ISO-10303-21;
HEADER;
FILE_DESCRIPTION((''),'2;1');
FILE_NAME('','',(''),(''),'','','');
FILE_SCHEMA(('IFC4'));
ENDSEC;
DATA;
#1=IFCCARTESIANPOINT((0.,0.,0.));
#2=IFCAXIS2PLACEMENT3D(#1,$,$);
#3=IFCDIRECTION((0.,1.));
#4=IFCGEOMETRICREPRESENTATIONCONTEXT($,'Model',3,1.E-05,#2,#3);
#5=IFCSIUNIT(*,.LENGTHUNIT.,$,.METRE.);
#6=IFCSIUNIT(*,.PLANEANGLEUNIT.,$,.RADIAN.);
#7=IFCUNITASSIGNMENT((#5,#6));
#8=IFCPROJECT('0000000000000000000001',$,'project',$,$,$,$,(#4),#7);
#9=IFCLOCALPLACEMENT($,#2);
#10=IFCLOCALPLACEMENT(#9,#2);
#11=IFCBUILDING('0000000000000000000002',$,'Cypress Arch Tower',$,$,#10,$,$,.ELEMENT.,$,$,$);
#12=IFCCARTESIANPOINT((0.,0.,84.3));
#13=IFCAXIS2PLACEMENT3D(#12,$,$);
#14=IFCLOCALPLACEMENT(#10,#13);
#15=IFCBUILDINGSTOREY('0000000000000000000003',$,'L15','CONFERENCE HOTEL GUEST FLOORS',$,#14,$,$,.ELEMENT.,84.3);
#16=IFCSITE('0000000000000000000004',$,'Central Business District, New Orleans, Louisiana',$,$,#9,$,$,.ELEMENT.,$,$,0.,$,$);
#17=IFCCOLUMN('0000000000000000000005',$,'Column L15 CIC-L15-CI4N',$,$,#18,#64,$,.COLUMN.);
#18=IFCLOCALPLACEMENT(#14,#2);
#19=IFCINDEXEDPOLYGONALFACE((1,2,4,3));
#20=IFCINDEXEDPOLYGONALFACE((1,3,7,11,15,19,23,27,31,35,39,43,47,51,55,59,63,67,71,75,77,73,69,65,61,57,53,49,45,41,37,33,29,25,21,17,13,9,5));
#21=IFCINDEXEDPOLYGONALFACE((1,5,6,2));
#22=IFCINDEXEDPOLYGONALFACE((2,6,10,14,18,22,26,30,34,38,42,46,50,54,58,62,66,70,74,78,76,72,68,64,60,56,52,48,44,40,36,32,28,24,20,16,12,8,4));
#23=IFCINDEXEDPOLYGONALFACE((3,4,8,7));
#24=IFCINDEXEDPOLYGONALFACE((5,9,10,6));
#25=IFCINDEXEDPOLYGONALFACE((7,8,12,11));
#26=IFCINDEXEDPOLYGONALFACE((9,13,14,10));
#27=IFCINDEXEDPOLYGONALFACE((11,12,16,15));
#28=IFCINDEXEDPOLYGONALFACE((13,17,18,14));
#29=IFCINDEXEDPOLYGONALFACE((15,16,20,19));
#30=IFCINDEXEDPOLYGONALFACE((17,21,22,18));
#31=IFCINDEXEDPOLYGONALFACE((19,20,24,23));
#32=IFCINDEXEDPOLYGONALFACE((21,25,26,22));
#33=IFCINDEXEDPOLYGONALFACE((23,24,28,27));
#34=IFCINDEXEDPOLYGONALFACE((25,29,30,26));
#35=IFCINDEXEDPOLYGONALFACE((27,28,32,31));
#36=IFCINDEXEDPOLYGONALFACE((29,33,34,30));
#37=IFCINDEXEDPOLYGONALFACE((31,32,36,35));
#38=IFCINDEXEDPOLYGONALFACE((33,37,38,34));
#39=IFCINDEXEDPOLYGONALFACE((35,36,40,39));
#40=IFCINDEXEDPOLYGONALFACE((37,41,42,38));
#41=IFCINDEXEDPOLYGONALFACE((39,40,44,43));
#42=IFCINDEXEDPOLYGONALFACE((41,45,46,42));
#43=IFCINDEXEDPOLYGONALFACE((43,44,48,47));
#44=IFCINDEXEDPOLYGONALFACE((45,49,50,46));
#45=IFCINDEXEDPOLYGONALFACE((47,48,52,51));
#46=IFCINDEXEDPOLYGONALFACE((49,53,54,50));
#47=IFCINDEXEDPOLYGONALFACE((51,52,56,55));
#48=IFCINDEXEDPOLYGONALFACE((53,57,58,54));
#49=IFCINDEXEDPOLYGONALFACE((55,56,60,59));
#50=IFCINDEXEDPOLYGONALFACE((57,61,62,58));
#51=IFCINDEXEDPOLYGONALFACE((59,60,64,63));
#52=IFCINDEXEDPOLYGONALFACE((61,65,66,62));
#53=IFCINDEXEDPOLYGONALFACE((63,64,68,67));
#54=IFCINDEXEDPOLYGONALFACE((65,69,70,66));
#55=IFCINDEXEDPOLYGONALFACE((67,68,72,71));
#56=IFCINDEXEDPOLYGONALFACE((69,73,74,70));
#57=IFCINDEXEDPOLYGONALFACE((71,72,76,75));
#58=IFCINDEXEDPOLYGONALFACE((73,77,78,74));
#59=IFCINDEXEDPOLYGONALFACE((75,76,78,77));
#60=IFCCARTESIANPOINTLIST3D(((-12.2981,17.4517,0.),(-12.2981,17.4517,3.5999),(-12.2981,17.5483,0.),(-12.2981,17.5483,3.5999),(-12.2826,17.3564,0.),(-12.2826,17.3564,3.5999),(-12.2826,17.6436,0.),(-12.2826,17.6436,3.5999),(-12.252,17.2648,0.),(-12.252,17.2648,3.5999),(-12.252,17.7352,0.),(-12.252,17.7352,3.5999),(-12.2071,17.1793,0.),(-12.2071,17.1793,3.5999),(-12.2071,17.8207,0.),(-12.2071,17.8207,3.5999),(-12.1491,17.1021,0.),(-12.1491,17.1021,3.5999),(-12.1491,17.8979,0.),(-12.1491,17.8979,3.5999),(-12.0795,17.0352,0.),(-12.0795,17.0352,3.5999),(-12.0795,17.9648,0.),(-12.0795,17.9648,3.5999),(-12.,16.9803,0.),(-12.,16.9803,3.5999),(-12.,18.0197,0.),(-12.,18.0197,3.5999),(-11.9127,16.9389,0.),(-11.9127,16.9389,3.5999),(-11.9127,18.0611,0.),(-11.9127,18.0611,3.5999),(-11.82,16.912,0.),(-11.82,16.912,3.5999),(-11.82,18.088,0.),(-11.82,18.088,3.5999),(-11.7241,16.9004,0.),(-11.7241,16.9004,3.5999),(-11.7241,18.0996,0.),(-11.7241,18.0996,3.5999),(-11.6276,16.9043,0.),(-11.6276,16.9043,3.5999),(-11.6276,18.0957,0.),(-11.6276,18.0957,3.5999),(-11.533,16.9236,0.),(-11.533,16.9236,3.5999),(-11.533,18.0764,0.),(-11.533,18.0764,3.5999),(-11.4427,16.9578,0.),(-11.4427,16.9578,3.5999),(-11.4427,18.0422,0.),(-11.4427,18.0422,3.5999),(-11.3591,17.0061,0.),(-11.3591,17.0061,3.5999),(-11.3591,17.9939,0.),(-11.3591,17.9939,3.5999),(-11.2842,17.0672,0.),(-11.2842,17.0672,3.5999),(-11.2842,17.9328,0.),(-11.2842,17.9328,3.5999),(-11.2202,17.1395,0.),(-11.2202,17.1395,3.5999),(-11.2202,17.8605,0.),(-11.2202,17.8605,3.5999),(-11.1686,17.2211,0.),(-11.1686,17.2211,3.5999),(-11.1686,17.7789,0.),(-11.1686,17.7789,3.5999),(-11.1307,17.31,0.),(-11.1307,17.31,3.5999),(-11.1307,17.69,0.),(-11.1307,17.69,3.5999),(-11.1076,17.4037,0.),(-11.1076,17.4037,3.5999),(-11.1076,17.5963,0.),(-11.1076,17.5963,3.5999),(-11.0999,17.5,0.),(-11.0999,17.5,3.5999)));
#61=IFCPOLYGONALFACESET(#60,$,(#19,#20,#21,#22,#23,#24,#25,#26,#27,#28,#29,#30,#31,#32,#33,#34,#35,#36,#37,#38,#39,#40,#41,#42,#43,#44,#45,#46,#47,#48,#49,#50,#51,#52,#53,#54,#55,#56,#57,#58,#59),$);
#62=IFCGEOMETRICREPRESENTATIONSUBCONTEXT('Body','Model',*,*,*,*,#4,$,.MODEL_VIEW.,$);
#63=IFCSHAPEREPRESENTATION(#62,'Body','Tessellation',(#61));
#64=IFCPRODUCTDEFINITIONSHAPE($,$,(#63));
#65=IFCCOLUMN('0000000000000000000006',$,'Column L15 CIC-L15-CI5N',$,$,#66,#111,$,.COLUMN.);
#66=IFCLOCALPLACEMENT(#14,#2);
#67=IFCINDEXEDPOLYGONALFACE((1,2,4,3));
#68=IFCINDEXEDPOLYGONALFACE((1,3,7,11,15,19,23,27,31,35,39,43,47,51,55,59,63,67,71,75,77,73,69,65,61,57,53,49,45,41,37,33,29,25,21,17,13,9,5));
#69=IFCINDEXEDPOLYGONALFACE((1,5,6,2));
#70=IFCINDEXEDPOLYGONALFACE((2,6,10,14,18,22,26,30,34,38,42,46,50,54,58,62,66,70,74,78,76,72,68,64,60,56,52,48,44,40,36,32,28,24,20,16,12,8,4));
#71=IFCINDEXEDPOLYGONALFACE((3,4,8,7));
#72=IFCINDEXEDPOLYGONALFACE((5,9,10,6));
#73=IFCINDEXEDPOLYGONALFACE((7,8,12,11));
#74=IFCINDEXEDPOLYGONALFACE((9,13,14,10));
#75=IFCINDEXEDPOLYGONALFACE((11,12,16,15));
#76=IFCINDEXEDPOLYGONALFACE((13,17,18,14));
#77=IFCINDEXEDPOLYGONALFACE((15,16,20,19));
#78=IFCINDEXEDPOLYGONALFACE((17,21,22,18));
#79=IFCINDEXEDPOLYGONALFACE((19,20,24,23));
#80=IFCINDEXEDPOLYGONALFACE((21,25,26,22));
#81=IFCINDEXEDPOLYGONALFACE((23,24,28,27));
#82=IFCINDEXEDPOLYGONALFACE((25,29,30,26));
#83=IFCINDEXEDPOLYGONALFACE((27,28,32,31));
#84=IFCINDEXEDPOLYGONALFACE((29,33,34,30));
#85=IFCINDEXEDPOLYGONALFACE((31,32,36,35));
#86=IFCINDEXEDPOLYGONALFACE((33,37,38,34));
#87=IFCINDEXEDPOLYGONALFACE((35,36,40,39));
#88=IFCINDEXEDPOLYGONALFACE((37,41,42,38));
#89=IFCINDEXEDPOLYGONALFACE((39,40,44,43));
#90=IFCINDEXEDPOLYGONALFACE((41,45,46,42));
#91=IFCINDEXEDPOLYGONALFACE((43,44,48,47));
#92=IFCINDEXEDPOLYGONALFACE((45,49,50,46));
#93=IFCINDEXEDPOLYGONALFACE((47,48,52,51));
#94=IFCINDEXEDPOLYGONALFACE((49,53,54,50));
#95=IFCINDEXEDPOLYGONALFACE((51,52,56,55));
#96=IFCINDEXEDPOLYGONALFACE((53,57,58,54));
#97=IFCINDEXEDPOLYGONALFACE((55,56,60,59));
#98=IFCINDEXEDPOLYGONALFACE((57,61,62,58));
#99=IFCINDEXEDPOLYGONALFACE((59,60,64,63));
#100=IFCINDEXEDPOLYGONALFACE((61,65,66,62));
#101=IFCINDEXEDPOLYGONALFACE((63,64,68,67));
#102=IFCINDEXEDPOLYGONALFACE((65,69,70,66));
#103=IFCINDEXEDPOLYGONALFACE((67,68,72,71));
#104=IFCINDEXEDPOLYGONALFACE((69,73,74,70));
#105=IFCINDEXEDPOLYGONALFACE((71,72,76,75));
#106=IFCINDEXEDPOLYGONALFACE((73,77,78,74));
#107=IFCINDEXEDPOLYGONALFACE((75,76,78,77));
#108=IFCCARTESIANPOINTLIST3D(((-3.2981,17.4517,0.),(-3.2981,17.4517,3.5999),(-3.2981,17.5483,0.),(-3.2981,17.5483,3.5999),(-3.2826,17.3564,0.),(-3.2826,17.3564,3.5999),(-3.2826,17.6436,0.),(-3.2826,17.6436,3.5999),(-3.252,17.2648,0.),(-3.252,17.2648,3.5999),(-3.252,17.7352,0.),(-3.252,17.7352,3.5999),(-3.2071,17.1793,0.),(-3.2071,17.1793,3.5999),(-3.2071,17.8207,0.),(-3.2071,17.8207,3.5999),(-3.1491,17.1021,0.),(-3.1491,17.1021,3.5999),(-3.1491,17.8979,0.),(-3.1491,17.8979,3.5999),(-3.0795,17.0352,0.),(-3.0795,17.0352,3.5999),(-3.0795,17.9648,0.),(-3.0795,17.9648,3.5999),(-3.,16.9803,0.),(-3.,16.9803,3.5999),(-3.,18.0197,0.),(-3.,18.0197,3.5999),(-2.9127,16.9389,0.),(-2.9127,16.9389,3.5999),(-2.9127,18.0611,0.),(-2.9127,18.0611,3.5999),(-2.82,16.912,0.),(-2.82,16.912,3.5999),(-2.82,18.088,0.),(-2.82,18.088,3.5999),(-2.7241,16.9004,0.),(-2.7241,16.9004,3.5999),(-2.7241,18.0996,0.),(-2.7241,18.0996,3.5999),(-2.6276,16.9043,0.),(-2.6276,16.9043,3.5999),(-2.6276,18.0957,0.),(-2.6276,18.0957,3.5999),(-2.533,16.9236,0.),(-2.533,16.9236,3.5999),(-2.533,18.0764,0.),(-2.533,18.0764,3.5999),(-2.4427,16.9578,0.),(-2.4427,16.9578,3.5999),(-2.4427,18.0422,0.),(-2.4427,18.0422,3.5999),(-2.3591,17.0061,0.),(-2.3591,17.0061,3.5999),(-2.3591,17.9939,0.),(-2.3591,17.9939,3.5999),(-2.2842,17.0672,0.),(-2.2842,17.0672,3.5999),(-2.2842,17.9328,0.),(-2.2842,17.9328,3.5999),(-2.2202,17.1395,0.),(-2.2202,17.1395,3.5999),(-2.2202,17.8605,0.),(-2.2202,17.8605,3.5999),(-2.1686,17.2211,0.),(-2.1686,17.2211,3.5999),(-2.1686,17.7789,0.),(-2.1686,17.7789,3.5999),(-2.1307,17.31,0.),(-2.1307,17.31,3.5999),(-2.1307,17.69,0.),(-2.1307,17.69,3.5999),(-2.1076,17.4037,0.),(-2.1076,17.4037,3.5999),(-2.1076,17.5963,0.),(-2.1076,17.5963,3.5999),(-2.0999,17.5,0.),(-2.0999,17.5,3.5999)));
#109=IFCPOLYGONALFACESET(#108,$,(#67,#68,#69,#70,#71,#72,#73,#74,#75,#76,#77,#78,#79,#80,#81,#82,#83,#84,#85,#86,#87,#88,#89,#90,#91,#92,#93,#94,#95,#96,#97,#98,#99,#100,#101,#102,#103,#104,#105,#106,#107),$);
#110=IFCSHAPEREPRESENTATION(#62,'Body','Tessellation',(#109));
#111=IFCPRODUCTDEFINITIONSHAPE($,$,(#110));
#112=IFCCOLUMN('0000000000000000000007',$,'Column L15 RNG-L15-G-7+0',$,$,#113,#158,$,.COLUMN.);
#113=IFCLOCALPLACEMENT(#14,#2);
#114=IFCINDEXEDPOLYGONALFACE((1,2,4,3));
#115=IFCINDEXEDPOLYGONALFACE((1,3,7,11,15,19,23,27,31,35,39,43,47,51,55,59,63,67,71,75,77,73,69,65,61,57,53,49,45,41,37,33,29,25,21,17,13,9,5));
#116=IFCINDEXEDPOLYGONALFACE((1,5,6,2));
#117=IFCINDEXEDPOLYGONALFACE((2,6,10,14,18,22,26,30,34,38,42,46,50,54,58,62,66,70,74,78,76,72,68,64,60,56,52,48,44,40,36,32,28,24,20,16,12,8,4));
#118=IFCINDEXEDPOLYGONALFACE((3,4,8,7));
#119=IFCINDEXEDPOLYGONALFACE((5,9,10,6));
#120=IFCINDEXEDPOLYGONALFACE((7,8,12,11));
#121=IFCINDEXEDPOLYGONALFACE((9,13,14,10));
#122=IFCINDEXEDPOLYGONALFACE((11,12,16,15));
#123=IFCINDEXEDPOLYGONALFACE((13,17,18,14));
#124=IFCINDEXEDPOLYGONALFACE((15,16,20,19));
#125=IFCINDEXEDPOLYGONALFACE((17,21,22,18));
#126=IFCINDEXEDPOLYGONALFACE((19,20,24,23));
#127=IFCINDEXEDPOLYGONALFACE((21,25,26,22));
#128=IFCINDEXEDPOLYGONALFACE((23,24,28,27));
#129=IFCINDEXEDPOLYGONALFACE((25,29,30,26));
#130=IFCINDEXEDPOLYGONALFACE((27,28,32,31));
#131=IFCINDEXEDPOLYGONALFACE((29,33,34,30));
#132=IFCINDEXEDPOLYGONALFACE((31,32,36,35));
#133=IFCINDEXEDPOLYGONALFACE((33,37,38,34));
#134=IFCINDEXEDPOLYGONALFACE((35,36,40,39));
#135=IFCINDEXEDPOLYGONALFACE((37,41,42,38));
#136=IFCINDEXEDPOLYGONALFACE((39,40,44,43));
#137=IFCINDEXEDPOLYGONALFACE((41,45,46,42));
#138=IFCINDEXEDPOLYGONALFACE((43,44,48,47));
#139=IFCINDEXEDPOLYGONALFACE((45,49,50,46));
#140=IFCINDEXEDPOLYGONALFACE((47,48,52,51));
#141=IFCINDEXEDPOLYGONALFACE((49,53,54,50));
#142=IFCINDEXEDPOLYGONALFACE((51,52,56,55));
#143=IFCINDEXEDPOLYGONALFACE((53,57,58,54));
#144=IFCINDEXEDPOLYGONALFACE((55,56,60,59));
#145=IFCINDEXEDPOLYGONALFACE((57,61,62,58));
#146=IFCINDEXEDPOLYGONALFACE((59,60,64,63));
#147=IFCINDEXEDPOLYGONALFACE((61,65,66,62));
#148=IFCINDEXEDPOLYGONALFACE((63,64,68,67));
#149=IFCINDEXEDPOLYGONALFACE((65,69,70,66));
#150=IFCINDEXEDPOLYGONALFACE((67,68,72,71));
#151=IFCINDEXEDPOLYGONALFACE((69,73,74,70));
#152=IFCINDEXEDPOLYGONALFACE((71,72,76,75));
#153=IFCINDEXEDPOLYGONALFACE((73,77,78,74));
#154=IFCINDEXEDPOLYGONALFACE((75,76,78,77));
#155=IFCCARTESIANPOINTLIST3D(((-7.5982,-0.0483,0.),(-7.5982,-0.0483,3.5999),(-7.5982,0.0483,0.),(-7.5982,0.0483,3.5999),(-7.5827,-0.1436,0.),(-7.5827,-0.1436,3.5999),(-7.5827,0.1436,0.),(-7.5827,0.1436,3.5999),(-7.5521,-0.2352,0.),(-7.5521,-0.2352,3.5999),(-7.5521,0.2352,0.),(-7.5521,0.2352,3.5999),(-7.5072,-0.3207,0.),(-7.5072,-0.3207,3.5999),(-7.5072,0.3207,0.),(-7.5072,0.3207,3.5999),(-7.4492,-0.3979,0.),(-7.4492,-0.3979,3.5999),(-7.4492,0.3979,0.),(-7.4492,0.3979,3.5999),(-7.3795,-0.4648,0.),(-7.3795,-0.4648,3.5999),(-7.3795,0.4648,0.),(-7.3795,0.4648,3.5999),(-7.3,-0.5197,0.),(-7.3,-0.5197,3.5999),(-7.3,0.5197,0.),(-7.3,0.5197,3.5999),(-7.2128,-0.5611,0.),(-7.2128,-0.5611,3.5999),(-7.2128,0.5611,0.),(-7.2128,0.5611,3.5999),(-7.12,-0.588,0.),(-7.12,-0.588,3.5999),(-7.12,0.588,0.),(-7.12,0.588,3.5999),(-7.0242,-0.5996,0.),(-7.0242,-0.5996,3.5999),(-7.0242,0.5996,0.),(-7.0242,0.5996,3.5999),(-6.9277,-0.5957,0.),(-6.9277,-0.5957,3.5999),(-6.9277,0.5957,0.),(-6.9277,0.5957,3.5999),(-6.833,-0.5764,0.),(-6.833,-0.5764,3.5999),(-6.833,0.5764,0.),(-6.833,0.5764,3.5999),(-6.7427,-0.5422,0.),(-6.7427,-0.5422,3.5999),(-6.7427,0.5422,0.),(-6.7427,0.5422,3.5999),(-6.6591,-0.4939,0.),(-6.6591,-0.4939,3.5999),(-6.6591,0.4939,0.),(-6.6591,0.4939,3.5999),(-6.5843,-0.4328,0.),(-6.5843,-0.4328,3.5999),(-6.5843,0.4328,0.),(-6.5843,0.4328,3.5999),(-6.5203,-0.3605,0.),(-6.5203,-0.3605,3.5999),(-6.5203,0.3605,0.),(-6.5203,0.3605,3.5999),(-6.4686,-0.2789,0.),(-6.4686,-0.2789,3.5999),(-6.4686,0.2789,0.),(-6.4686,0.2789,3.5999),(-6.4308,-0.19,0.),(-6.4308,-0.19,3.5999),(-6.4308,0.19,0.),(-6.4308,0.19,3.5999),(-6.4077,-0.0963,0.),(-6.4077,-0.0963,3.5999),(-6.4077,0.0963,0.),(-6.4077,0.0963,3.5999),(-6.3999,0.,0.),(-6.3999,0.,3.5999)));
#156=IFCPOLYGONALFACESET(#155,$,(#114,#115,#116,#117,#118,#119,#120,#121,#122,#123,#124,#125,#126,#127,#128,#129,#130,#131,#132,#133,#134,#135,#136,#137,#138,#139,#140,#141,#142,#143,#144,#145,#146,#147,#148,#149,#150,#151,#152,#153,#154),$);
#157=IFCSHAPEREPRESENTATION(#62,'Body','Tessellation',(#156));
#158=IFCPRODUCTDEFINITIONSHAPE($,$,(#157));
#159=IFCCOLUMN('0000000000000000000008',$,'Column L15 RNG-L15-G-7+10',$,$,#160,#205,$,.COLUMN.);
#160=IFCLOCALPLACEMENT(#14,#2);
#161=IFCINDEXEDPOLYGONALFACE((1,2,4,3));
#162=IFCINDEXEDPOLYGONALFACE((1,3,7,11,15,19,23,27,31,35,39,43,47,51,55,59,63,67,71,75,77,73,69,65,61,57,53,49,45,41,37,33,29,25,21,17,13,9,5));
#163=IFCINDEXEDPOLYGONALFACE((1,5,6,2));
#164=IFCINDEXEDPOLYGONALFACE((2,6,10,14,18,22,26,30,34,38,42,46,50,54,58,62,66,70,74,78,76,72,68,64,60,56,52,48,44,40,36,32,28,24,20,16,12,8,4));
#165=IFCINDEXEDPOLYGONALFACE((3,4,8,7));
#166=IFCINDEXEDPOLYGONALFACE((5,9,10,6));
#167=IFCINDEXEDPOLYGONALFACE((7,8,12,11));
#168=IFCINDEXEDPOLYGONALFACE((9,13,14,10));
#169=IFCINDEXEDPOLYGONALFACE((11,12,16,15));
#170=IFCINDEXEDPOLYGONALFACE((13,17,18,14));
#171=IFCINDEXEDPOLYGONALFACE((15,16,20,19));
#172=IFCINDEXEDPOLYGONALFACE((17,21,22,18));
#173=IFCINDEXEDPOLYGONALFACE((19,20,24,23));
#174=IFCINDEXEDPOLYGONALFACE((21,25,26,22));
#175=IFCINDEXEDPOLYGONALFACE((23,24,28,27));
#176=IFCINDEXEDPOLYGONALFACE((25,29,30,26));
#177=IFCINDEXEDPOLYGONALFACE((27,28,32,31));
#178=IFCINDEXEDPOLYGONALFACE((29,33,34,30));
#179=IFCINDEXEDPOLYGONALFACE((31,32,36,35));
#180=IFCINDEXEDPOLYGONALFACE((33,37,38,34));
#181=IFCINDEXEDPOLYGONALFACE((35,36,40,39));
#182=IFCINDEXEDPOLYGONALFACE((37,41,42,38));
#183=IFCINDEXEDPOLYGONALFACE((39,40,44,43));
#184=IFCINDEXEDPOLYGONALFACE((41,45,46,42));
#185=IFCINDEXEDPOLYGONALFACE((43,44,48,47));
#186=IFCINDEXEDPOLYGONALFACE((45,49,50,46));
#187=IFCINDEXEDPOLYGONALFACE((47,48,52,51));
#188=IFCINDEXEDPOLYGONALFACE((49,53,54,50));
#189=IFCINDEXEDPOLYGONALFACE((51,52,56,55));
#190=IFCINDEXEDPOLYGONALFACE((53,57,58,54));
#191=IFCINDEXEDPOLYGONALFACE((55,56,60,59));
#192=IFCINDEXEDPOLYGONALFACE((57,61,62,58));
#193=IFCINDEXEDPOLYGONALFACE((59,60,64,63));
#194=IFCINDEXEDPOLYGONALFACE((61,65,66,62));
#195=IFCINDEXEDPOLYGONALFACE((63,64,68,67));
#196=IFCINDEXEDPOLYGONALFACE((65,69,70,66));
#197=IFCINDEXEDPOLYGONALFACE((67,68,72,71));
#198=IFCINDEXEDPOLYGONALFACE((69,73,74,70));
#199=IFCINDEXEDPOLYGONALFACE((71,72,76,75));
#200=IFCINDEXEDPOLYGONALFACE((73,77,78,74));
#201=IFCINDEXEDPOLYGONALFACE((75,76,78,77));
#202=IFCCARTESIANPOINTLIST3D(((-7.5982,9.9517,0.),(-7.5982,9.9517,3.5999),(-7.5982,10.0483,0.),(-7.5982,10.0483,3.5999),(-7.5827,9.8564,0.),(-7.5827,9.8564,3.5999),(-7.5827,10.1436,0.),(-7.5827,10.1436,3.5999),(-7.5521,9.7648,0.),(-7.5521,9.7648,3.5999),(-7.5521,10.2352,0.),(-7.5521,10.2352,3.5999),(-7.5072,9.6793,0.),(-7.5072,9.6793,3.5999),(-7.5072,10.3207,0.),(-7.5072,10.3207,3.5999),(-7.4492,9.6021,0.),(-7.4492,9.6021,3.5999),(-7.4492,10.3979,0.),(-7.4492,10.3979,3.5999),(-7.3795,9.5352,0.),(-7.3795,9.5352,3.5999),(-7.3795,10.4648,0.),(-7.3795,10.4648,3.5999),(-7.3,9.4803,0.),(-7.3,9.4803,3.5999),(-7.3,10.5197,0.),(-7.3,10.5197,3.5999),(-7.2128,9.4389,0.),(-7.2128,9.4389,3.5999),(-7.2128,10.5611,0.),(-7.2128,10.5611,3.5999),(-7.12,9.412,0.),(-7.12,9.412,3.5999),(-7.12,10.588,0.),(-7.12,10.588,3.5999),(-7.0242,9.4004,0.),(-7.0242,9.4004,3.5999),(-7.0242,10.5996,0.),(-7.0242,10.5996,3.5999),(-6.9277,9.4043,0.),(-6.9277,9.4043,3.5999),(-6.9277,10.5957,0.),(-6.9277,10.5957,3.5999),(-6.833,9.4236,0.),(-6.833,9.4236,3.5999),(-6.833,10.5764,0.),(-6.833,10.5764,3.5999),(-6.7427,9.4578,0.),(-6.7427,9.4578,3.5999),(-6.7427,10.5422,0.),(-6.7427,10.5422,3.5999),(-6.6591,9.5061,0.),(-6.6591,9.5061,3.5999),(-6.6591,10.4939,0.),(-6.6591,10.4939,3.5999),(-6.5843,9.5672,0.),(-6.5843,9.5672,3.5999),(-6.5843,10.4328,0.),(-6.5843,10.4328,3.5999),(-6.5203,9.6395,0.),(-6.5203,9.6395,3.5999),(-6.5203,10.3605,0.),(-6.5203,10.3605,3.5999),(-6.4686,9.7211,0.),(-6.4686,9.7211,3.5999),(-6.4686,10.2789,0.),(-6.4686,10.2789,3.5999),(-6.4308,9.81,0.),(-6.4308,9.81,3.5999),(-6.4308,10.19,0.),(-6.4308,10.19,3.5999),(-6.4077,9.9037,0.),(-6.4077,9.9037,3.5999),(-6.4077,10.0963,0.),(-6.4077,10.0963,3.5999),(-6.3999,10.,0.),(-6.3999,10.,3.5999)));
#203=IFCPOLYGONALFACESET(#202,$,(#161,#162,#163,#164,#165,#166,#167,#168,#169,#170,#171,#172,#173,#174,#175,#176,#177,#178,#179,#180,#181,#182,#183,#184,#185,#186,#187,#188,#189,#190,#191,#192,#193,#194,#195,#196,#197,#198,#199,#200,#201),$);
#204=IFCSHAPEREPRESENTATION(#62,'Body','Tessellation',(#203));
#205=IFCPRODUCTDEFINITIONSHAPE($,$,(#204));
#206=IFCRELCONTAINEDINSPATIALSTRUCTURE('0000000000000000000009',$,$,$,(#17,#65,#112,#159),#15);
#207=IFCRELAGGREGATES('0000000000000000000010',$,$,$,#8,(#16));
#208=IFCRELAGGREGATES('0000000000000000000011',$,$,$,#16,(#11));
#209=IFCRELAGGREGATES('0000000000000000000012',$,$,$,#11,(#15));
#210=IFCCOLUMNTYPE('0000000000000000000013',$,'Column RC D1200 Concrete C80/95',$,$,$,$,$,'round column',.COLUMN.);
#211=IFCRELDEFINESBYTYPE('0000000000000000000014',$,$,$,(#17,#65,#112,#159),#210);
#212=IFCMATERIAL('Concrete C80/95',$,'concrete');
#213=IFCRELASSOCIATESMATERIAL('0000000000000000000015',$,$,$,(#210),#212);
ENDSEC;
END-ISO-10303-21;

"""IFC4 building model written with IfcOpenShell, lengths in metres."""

from ifc_helpers import new_model, si_unit, direction, frame, origin, origin_2d, place, context, subcontext, project, spatial, circle, extrude, material, material_profile, profile_set, type_object, element, save


model = new_model("IFC4")

# Units and contexts
model_context = context("Model", 3, precision=1e-05, world=origin(), true_north=direction((0.0, 1.0)))
body_context = subcontext(model_context, "Body", "Model", "MODEL_VIEW")
ifc_project = project(units=[si_unit("LENGTHUNIT", "METRE"), si_unit("PLANEANGLEUNIT", "RADIAN")], contexts=[model_context])

# Site, building, storey
site_placement = place(None, origin())
site = spatial("IfcSite", under=ifc_project, at=site_placement, Name="Central Business District, New Orleans, Louisiana", CompositionType="ELEMENT", RefElevation=0.0)
building_placement = place(site_placement, origin())
building = spatial("IfcBuilding", under=site, at=building_placement, Name="Cypress Arch Tower", CompositionType="ELEMENT")
storey_placement = place(building_placement, frame((0.0, 0.0, 84.3)))
storey = spatial("IfcBuildingStorey", under=building, at=storey_placement, Name="L15", Description="CONFERENCE HOTEL GUEST FLOORS", CompositionType="ELEMENT", Elevation=84.3)

# Columns
ifc_material_1 = material(Name="Concrete C80/95", Category="concrete")
ifc_material_profile_1 = material_profile(ifc_material_1, circle(Radius=0.6001, at=origin_2d()), Name="RC D1200")
ifc_profile_set_1 = profile_set([ifc_material_profile_1], Name="Concrete C80/95")
column_type = type_object("IfcColumnType", Name="Column RC D1200 Concrete C80/95", ElementType="round column", PredefinedType="COLUMN", material=ifc_profile_set_1)
for number, where, z_axis, x_axis, name in (
    (1, (-11.7, 17.5, 0.0), (0.0, 0.0, 1.0), (1.0, 0.0, 0.0), "Column L15 CIC-L15-CI4N"),
    (2, (-2.7, 17.5, 0.0), (0.0, 0.0, 1.0), (1.0, 0.0, 0.0), "Column L15 CIC-L15-CI5N"),
    (3, (-7.0, 0.0, 0.0), (0.0, 0.0, 1.0), (1.0, 0.0, 0.0), "Column L15 RNG-L15-G-7+0"),
    (4, (-7.0, 10.0, 0.0), (0.0, 0.0, 1.0), (1.0, 0.0, 0.0), "Column L15 RNG-L15-G-7+10"),
):
    element("IfcColumn", number, at=place(storey_placement, frame(where, z_axis=z_axis, x_axis=x_axis)), inside=storey, type_object=column_type, Name=name, PredefinedType="COLUMN", context=body_context, shape_type="SweptSolid", body=[
        extrude(circle(Radius=0.6001, at=origin_2d()), origin(), (0.0, 0.0, 1.0), 3.5999),
    ])

save(model, "model.ifc")
